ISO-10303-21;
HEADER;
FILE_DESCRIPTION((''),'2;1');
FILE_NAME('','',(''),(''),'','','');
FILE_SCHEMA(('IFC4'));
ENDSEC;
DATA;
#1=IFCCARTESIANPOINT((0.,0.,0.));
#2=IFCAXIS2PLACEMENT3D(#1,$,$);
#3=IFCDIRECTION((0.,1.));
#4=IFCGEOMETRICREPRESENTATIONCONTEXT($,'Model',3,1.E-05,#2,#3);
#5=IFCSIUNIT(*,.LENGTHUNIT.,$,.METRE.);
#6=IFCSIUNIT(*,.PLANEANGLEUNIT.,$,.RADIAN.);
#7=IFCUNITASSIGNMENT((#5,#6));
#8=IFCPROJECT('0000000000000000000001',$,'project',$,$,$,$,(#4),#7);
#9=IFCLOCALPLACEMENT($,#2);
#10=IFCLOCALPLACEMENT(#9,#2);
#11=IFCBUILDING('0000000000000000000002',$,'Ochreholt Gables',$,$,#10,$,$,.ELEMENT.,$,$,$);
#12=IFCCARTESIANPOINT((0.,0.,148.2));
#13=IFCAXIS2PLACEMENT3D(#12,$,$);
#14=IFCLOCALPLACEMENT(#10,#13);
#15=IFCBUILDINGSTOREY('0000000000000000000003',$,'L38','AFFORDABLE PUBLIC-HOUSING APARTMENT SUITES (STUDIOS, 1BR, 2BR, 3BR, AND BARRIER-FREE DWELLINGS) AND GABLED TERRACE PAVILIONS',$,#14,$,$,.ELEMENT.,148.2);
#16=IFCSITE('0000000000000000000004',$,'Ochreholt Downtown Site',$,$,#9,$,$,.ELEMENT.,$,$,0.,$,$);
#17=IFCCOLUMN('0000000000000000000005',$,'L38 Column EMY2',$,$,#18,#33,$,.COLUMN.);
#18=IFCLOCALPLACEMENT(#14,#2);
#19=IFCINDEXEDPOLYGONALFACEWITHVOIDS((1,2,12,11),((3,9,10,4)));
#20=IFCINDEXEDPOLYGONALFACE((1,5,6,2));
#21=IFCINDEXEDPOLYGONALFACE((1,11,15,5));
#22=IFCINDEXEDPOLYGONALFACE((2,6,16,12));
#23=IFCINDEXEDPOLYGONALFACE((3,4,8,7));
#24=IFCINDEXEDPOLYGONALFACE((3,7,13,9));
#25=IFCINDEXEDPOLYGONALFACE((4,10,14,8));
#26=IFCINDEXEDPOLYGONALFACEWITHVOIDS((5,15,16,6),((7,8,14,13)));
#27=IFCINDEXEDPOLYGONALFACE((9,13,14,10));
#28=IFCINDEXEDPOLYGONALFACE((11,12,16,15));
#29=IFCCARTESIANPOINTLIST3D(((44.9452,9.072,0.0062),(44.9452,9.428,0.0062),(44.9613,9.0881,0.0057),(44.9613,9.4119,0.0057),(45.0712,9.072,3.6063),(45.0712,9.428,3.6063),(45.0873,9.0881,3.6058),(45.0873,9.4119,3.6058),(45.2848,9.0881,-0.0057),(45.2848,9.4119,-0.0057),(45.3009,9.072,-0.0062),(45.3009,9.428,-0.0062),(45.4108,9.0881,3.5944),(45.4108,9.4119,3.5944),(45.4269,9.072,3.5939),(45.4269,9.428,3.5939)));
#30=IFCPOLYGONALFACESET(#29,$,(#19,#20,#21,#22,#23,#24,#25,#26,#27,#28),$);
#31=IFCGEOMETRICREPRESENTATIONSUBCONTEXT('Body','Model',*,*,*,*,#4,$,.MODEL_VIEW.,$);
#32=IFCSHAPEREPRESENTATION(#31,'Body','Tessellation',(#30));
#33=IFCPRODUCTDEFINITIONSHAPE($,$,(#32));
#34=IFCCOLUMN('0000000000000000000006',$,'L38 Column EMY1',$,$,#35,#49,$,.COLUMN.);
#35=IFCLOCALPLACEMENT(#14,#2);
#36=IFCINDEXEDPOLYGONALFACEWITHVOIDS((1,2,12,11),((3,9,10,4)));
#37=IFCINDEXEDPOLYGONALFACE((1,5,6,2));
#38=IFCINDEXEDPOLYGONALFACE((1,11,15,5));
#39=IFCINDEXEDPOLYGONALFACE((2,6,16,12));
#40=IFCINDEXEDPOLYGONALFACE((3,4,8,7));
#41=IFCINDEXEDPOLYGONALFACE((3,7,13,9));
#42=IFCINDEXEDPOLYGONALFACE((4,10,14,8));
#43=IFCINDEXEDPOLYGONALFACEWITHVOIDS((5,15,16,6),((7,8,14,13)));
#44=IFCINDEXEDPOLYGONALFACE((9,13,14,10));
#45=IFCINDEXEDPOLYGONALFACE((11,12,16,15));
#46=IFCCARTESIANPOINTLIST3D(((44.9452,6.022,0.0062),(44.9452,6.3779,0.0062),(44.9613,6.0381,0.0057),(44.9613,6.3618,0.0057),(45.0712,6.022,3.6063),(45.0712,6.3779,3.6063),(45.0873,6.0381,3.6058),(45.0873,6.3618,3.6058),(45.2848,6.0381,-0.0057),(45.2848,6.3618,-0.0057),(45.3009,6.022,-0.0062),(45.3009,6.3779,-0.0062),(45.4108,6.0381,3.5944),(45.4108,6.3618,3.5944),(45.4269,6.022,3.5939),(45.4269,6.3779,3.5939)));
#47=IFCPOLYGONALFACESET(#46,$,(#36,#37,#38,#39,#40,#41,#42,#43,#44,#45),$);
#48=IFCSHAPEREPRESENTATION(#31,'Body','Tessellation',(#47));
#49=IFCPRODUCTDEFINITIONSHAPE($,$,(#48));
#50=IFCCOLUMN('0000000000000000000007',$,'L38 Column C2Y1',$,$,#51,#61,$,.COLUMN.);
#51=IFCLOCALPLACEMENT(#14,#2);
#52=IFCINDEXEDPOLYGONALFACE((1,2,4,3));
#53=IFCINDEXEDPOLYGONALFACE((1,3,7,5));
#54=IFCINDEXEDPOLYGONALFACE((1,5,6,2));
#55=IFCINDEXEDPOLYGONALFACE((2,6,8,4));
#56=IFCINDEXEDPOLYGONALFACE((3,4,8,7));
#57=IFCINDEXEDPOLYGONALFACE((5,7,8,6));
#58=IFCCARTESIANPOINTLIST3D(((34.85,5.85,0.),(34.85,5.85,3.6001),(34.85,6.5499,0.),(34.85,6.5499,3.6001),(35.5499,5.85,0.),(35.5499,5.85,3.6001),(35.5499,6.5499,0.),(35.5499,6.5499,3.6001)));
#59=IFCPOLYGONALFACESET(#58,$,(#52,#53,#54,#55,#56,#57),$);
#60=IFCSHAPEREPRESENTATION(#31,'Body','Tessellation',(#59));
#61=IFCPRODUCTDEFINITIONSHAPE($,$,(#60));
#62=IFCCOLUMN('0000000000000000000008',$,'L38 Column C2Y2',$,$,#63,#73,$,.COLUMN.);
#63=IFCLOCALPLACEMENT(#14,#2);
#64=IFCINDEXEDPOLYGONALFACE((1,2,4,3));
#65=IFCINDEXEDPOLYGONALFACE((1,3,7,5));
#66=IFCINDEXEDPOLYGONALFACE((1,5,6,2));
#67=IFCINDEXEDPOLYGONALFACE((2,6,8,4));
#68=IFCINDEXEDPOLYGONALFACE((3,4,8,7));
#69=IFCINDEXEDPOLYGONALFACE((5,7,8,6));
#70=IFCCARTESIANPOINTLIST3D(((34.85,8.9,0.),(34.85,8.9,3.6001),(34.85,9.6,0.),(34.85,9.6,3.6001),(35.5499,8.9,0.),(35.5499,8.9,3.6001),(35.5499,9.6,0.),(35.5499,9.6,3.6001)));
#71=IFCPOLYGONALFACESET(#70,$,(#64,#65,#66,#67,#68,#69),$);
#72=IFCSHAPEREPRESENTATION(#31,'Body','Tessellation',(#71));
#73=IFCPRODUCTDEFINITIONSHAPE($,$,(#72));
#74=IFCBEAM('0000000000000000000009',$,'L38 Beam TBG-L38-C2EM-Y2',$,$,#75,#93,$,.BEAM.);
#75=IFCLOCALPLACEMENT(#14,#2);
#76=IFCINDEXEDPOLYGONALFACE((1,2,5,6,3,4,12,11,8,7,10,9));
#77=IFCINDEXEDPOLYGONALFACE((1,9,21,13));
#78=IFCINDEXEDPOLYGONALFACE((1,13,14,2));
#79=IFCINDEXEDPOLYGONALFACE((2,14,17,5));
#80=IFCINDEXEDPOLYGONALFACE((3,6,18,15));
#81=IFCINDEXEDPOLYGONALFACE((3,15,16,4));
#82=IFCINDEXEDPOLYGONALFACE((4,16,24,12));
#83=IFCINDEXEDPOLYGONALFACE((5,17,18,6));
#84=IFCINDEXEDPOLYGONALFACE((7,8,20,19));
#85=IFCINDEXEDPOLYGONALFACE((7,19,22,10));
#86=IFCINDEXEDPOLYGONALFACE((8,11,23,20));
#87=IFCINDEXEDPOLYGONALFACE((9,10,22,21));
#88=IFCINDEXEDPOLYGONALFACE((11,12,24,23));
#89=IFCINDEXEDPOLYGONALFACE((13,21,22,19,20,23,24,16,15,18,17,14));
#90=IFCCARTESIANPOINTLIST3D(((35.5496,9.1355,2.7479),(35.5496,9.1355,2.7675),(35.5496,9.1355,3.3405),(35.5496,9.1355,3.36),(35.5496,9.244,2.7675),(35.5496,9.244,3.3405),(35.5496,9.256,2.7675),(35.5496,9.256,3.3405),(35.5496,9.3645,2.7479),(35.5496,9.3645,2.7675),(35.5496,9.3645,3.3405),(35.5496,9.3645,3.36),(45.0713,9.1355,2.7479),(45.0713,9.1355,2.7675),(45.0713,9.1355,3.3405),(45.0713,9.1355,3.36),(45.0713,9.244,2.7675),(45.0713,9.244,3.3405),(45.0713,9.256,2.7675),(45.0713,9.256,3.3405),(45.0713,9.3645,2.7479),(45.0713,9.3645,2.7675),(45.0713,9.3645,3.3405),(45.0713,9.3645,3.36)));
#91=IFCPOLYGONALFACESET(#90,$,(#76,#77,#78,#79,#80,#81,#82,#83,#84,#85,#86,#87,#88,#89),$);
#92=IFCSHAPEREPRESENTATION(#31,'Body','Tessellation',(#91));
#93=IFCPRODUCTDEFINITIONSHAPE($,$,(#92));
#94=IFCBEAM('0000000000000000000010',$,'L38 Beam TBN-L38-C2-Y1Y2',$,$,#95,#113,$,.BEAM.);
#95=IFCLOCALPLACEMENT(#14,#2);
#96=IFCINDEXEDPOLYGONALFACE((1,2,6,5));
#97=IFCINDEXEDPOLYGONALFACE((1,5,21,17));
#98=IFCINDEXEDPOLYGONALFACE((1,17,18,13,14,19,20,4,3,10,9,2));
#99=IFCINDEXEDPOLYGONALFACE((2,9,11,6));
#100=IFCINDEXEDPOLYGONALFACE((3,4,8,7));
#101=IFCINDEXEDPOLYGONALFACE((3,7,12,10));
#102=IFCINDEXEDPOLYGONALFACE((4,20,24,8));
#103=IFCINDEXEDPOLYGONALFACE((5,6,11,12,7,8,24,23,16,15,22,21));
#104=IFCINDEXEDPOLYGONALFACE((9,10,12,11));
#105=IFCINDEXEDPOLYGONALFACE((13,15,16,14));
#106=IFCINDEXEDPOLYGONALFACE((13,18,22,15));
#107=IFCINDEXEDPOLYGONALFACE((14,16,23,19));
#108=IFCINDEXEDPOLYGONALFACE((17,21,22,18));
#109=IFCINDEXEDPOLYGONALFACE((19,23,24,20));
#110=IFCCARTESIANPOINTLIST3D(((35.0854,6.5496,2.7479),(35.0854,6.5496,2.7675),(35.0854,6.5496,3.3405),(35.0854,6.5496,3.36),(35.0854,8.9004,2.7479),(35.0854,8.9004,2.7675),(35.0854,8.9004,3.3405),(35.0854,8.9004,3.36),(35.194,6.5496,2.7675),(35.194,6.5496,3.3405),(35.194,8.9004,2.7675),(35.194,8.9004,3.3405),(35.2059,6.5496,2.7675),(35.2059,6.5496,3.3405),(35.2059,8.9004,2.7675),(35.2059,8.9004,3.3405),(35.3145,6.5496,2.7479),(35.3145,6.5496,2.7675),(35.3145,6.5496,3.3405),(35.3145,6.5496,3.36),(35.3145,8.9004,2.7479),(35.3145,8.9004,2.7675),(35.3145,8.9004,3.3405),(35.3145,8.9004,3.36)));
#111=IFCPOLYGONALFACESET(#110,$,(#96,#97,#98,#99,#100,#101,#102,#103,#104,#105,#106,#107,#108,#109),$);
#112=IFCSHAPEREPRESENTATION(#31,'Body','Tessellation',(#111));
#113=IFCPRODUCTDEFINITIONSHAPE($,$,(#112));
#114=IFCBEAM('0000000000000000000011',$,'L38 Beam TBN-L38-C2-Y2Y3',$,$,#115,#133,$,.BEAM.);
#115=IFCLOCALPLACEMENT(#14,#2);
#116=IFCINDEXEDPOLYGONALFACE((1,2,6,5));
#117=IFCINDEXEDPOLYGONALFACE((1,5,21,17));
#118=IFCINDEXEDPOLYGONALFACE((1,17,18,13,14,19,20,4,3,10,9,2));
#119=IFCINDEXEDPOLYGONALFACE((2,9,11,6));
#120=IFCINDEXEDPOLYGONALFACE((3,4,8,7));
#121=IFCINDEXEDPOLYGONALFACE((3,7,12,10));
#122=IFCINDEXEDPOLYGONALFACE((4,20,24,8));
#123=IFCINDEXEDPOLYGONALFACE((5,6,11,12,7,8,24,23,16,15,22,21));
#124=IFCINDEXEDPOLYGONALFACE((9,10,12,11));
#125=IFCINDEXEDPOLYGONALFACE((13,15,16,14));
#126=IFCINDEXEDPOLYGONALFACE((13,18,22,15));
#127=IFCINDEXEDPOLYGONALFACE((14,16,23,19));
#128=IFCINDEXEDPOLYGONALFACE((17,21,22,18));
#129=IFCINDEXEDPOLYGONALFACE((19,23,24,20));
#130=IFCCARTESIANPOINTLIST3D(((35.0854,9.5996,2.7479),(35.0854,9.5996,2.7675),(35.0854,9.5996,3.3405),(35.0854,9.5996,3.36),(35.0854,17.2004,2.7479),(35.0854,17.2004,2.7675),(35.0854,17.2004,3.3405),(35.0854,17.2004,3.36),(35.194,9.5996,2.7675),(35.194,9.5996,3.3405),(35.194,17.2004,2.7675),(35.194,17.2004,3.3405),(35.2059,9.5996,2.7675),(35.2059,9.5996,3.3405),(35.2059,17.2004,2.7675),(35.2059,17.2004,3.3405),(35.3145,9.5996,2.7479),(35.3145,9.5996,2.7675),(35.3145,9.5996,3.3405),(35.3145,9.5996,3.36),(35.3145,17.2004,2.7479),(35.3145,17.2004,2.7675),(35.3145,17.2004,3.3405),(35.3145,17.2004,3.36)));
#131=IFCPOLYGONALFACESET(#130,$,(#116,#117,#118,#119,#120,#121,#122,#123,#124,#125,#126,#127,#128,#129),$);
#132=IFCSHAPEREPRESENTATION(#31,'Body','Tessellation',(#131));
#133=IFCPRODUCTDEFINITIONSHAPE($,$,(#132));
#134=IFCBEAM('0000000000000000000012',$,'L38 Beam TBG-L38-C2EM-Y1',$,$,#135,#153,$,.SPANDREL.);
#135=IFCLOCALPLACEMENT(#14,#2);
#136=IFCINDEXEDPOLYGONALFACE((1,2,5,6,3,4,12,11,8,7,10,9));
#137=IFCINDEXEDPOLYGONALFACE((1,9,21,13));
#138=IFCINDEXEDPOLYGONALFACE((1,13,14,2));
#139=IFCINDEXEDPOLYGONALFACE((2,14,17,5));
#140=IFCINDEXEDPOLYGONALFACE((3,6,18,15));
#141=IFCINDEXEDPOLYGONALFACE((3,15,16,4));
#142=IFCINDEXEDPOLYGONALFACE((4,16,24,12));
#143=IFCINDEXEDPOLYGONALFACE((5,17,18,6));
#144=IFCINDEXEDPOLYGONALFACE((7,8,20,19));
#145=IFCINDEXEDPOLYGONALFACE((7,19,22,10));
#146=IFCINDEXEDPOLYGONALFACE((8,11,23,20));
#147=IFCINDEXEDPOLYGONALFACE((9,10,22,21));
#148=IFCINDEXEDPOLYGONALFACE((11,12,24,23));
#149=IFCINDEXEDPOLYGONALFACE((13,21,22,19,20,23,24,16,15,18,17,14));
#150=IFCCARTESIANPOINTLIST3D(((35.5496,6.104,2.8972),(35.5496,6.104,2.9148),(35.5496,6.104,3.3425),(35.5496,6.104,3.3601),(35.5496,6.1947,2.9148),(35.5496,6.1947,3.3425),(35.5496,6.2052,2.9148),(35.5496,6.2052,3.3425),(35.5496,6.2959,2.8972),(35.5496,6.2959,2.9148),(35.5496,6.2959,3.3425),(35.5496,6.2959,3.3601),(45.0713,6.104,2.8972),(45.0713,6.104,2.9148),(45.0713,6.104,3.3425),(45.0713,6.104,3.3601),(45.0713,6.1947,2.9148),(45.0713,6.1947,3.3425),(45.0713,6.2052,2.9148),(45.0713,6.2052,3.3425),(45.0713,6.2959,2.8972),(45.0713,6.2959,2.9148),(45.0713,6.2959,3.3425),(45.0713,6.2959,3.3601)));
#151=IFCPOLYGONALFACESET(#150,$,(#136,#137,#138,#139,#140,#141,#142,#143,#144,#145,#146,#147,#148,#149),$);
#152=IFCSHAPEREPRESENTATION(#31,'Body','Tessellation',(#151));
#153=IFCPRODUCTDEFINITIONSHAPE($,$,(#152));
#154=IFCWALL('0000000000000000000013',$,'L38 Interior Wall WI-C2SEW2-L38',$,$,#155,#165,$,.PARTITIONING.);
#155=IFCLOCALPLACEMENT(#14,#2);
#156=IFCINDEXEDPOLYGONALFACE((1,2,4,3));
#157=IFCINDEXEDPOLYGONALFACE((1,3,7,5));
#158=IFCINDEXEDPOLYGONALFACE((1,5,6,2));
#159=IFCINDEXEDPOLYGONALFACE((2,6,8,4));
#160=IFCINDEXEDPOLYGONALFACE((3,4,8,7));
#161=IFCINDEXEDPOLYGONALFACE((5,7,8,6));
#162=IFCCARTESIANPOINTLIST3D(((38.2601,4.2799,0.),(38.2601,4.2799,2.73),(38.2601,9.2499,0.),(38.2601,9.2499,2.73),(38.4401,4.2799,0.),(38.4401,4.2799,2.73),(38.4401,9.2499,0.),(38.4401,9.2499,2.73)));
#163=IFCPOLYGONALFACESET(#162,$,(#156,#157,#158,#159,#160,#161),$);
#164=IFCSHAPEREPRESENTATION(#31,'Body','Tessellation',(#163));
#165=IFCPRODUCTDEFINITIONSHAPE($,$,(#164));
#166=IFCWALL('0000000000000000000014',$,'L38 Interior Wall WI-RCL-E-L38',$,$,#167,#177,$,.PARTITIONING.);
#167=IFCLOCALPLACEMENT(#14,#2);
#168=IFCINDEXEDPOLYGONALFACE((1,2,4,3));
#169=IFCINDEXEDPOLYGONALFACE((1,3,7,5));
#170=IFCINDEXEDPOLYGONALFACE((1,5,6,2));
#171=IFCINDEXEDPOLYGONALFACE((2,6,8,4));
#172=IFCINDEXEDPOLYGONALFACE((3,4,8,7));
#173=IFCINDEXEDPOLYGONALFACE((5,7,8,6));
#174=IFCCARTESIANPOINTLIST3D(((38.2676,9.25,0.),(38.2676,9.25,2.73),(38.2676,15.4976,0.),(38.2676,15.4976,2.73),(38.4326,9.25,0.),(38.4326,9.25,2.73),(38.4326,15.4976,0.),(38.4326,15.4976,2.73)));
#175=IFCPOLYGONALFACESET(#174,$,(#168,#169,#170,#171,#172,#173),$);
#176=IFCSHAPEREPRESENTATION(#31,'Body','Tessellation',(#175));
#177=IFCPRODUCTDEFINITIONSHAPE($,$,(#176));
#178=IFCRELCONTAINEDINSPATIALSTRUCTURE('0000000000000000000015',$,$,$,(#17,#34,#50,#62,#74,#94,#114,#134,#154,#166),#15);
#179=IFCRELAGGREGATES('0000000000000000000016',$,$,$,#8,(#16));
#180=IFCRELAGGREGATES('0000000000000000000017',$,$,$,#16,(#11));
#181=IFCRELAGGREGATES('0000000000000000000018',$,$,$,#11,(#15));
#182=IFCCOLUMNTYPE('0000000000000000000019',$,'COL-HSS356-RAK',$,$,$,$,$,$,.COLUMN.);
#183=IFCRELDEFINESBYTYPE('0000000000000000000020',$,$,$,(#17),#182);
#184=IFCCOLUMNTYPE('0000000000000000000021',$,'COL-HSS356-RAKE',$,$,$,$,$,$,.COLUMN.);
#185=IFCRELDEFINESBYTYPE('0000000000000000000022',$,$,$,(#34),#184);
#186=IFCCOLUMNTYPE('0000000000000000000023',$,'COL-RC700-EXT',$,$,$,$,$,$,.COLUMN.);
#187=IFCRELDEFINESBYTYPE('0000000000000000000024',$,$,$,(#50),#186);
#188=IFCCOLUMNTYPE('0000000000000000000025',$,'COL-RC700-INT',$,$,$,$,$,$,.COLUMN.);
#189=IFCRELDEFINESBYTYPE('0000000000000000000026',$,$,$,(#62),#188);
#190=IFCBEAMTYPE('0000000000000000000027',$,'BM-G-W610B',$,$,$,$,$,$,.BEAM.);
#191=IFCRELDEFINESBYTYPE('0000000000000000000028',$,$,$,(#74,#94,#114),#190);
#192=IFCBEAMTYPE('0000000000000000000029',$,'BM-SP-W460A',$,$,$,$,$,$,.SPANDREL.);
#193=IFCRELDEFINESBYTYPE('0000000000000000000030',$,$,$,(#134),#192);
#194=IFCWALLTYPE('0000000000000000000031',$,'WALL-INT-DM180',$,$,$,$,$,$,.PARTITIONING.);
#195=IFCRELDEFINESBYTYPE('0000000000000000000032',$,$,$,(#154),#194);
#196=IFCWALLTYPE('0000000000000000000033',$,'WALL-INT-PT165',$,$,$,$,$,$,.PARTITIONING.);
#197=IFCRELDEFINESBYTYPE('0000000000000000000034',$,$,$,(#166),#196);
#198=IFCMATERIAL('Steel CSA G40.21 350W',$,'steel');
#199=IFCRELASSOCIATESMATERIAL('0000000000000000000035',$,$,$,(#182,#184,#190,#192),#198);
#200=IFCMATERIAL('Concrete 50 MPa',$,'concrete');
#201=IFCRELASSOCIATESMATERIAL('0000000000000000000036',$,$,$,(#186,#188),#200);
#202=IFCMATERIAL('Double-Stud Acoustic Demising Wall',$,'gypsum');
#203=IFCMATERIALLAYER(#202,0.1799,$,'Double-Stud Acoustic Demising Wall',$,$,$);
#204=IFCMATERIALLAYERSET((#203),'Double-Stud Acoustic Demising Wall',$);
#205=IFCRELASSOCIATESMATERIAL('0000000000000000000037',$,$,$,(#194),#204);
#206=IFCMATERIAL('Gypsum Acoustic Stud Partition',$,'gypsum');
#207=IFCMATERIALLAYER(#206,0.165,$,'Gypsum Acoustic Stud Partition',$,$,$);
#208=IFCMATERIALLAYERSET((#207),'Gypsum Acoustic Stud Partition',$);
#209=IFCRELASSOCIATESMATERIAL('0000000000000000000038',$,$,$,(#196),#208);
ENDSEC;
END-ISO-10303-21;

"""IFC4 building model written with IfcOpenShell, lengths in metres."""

from ifc_helpers import new_model, si_unit, direction, frame, frame_2d, origin, origin_2d, place, context, subcontext, project, spatial, rectangle, hollow_rectangle, i_section, extrude, material, layer, layer_set, material_profile, profile_set, type_object, element, save


model = new_model("IFC4")

# Units and contexts
model_context = context("Model", 3, precision=1e-05, world=origin(), true_north=direction((0.0, 1.0)))
body_context = subcontext(model_context, "Body", "Model", "MODEL_VIEW")
ifc_project = project(units=[si_unit("LENGTHUNIT", "METRE"), si_unit("PLANEANGLEUNIT", "RADIAN")], contexts=[model_context])

# Site, building, storey
site_placement = place(None, origin())
site = spatial("IfcSite", under=ifc_project, at=site_placement, Name="Ochreholt Downtown Site", CompositionType="ELEMENT", RefElevation=0.0)
building_placement = place(site_placement, origin())
building = spatial("IfcBuilding", under=site, at=building_placement, Name="Ochreholt Gables", CompositionType="ELEMENT")
storey_placement = place(building_placement, frame((0.0, 0.0, 148.2)))
storey = spatial("IfcBuildingStorey", under=building, at=storey_placement, Name="L38", Description="AFFORDABLE PUBLIC-HOUSING APARTMENT SUITES (STUDIOS, 1BR, 2BR, 3BR, AND BARRIER-FREE DWELLINGS) AND GABLED TERRACE PAVILIONS", CompositionType="ELEMENT", Elevation=148.2)

# Columns
ifc_material_1 = material(Name="Steel CSA G40.21 350W", Category="steel")
ifc_material_profile_1 = material_profile(ifc_material_1, hollow_rectangle(XDim=0.356, YDim=0.356, WallThickness=0.0161, at=origin_2d()), Name="HSS356X356X16")
ifc_profile_set_1 = profile_set([ifc_material_profile_1], Name="Steel CSA G40.21 350W")
column_type_1 = type_object("IfcColumnType", Name="COL-HSS356-RAK", PredefinedType="COLUMN", material=ifc_profile_set_1)
column_1_placement = place(storey_placement, frame((45.123, 9.25, 0.0), z_axis=(0.034971, 0.0, 0.999388), x_axis=(0.0, 1.0, 0.0)))
element("IfcColumn", 1, at=column_1_placement, inside=storey, type_object=column_type_1, Name="L38 Column EMY2", PredefinedType="COLUMN", context=body_context, shape_type="SweptSolid", body=[
    extrude(hollow_rectangle(XDim=0.356, YDim=0.356, WallThickness=0.0161, at=origin_2d()), origin(), (0.0, 0.0, 1.0), 3.6023),
])
ifc_material_profile_2 = material_profile(ifc_material_1, hollow_rectangle(XDim=0.356, YDim=0.356, WallThickness=0.0161, at=origin_2d()), Name="HSS356X356X16")
ifc_profile_set_2 = profile_set([ifc_material_profile_2], Name="Steel CSA G40.21 350W")
column_type_2 = type_object("IfcColumnType", Name="COL-HSS356-RAKE", PredefinedType="COLUMN", material=ifc_profile_set_2)
column_2_placement = place(storey_placement, frame((45.123, 6.2, 0.0), z_axis=(0.034971, 0.0, 0.999388), x_axis=(0.0, 1.0, 0.0)))
element("IfcColumn", 2, at=column_2_placement, inside=storey, type_object=column_type_2, Name="L38 Column EMY1", PredefinedType="COLUMN", context=body_context, shape_type="SweptSolid", body=[
    extrude(hollow_rectangle(XDim=0.356, YDim=0.356, WallThickness=0.0161, at=origin_2d()), origin(), (0.0, 0.0, 1.0), 3.6023),
])
ifc_material_2 = material(Name="Concrete 50 MPa", Category="concrete")
ifc_material_profile_3 = material_profile(ifc_material_2, rectangle(XDim=0.7, YDim=0.7, at=origin_2d()), Name="RC700X700")
ifc_profile_set_3 = profile_set([ifc_material_profile_3], Name="Concrete 50 MPa")
column_type_3 = type_object("IfcColumnType", Name="COL-RC700-EXT", PredefinedType="COLUMN", material=ifc_profile_set_3)
column_3_placement = place(storey_placement, frame((35.2, 6.2, 0.0), z_axis=(0.0, 0.0, 1.0), x_axis=(1.0, 0.0, 0.0)))
element("IfcColumn", 3, at=column_3_placement, inside=storey, type_object=column_type_3, Name="L38 Column C2Y1", PredefinedType="COLUMN", context=body_context, shape_type="SweptSolid", body=[
    extrude(rectangle(XDim=0.7, YDim=0.7, at=origin_2d()), origin(), (0.0, 0.0, 1.0), 3.6001),
])
ifc_material_profile_4 = material_profile(ifc_material_2, rectangle(XDim=0.7, YDim=0.7, at=origin_2d()), Name="RC700X700")
ifc_profile_set_4 = profile_set([ifc_material_profile_4], Name="Concrete 50 MPa")
column_type_4 = type_object("IfcColumnType", Name="COL-RC700-INT", PredefinedType="COLUMN", material=ifc_profile_set_4)
column_4_placement = place(storey_placement, frame((35.2, 9.25, 0.0), z_axis=(0.0, 0.0, 1.0), x_axis=(1.0, 0.0, 0.0)))
element("IfcColumn", 4, at=column_4_placement, inside=storey, type_object=column_type_4, Name="L38 Column C2Y2", PredefinedType="COLUMN", context=body_context, shape_type="SweptSolid", body=[
    extrude(rectangle(XDim=0.7, YDim=0.7, at=origin_2d()), origin(), (0.0, 0.0, 1.0), 3.6001),
])

# Beams
ifc_material_profile_5 = material_profile(ifc_material_1, i_section(OverallWidth=0.229, OverallDepth=0.6121, WebThickness=0.012, FlangeThickness=0.0195, at=origin_2d()), Name="W610X125")
ifc_profile_set_5 = profile_set([ifc_material_profile_5], Name="Steel CSA G40.21 350W")
beam_type_1 = type_object("IfcBeamType", Name="BM-G-W610B", PredefinedType="BEAM", material=ifc_profile_set_5)
beam_1_placement = place(storey_placement, frame((35.5496, 9.25, 3.054), z_axis=(1.0, 0.0, 0.0), x_axis=(0.0, 1.0, 0.0)))
element("IfcBeam", 5, at=beam_1_placement, inside=storey, type_object=beam_type_1, Name="L38 Beam TBG-L38-C2EM-Y2", PredefinedType="BEAM", context=body_context, shape_type="SweptSolid", body=[
    extrude(i_section(OverallWidth=0.229, OverallDepth=0.6121, WebThickness=0.012, FlangeThickness=0.0195, at=origin_2d()), origin(), (0.0, 0.0, 1.0), 9.5217),
])
beam_2_placement = place(storey_placement, frame((35.2, 6.5496, 3.054), z_axis=(0.0, 1.0, 0.0), x_axis=(-1.0, 0.0, 0.0)))
element("IfcBeam", 6, at=beam_2_placement, inside=storey, type_object=beam_type_1, Name="L38 Beam TBN-L38-C2-Y1Y2", PredefinedType="BEAM", context=body_context, shape_type="SweptSolid", body=[
    extrude(i_section(OverallWidth=0.229, OverallDepth=0.6121, WebThickness=0.012, FlangeThickness=0.0195, at=origin_2d()), origin(), (0.0, 0.0, 1.0), 2.3508),
])
beam_3_placement = place(storey_placement, frame((35.2, 9.5996, 3.054), z_axis=(0.0, 1.0, 0.0), x_axis=(-1.0, 0.0, 0.0)))
element("IfcBeam", 7, at=beam_3_placement, inside=storey, type_object=beam_type_1, Name="L38 Beam TBN-L38-C2-Y2Y3", PredefinedType="BEAM", context=body_context, shape_type="SweptSolid", body=[
    extrude(i_section(OverallWidth=0.229, OverallDepth=0.6121, WebThickness=0.012, FlangeThickness=0.0195, at=origin_2d()), origin(), (0.0, 0.0, 1.0), 7.6008),
])
ifc_material_profile_6 = material_profile(ifc_material_1, i_section(OverallWidth=0.1919, OverallDepth=0.4629, WebThickness=0.0105, FlangeThickness=0.0176, at=origin_2d()), Name="W460X89")
ifc_profile_set_6 = profile_set([ifc_material_profile_6], Name="Steel CSA G40.21 350W")
beam_type_2 = type_object("IfcBeamType", Name="BM-SP-W460A", PredefinedType="SPANDREL", material=ifc_profile_set_6)
beam_4_placement = place(storey_placement, frame((35.5496, 6.2, 3.1287), z_axis=(1.0, 0.0, 0.0), x_axis=(0.0, 1.0, 0.0)))
element("IfcBeam", 8, at=beam_4_placement, inside=storey, type_object=beam_type_2, Name="L38 Beam TBG-L38-C2EM-Y1", PredefinedType="SPANDREL", context=body_context, shape_type="SweptSolid", body=[
    extrude(i_section(OverallWidth=0.1919, OverallDepth=0.4629, WebThickness=0.0105, FlangeThickness=0.0176, at=origin_2d()), origin(), (0.0, 0.0, 1.0), 9.5217),
])

# Shared definitions
ifc_material_3 = material(Name="Double-Stud Acoustic Demising Wall", Category="gypsum")
ifc_layer_1 = layer(ifc_material_3, 0.1799, Name="Double-Stud Acoustic Demising Wall")
ifc_layer_set_1 = layer_set([ifc_layer_1], Name="Double-Stud Acoustic Demising Wall")
wall_type_1 = type_object("IfcWallType", Name="WALL-INT-DM180", PredefinedType="PARTITIONING", material=ifc_layer_set_1)

# Walls
wall_1_placement = place(storey_placement, frame((38.3501, 4.28, 0.0), z_axis=(0.0, 0.0, 1.0), x_axis=(0.0, 1.0, 0.0)))
element("IfcWall", 9, at=wall_1_placement, inside=storey, type_object=wall_type_1, Name="L38 Interior Wall WI-C2SEW2-L38", PredefinedType="PARTITIONING", context=body_context, shape_type="SweptSolid", body=[
    extrude(rectangle(XDim=4.97, YDim=0.1799, at=frame_2d((2.4849, 0.0))), origin(), (0.0, 0.0, 1.0), 2.73),
])
ifc_material_4 = material(Name="Gypsum Acoustic Stud Partition", Category="gypsum")
ifc_layer_2 = layer(ifc_material_4, 0.165, Name="Gypsum Acoustic Stud Partition")
ifc_layer_set_2 = layer_set([ifc_layer_2], Name="Gypsum Acoustic Stud Partition")
wall_type_2 = type_object("IfcWallType", Name="WALL-INT-PT165", PredefinedType="PARTITIONING", material=ifc_layer_set_2)
wall_2_placement = place(storey_placement, frame((38.3501, 9.25, 0.0), z_axis=(0.0, 0.0, 1.0), x_axis=(0.0, 1.0, 0.0)))
element("IfcWall", 10, at=wall_2_placement, inside=storey, type_object=wall_type_2, Name="L38 Interior Wall WI-RCL-E-L38", PredefinedType="PARTITIONING", context=body_context, shape_type="SweptSolid", body=[
    extrude(rectangle(XDim=6.2476, YDim=0.165, at=frame_2d((3.1238, 0.0))), origin(), (0.0, 0.0, 1.0), 2.73),
])

save(model, "model.ifc")
